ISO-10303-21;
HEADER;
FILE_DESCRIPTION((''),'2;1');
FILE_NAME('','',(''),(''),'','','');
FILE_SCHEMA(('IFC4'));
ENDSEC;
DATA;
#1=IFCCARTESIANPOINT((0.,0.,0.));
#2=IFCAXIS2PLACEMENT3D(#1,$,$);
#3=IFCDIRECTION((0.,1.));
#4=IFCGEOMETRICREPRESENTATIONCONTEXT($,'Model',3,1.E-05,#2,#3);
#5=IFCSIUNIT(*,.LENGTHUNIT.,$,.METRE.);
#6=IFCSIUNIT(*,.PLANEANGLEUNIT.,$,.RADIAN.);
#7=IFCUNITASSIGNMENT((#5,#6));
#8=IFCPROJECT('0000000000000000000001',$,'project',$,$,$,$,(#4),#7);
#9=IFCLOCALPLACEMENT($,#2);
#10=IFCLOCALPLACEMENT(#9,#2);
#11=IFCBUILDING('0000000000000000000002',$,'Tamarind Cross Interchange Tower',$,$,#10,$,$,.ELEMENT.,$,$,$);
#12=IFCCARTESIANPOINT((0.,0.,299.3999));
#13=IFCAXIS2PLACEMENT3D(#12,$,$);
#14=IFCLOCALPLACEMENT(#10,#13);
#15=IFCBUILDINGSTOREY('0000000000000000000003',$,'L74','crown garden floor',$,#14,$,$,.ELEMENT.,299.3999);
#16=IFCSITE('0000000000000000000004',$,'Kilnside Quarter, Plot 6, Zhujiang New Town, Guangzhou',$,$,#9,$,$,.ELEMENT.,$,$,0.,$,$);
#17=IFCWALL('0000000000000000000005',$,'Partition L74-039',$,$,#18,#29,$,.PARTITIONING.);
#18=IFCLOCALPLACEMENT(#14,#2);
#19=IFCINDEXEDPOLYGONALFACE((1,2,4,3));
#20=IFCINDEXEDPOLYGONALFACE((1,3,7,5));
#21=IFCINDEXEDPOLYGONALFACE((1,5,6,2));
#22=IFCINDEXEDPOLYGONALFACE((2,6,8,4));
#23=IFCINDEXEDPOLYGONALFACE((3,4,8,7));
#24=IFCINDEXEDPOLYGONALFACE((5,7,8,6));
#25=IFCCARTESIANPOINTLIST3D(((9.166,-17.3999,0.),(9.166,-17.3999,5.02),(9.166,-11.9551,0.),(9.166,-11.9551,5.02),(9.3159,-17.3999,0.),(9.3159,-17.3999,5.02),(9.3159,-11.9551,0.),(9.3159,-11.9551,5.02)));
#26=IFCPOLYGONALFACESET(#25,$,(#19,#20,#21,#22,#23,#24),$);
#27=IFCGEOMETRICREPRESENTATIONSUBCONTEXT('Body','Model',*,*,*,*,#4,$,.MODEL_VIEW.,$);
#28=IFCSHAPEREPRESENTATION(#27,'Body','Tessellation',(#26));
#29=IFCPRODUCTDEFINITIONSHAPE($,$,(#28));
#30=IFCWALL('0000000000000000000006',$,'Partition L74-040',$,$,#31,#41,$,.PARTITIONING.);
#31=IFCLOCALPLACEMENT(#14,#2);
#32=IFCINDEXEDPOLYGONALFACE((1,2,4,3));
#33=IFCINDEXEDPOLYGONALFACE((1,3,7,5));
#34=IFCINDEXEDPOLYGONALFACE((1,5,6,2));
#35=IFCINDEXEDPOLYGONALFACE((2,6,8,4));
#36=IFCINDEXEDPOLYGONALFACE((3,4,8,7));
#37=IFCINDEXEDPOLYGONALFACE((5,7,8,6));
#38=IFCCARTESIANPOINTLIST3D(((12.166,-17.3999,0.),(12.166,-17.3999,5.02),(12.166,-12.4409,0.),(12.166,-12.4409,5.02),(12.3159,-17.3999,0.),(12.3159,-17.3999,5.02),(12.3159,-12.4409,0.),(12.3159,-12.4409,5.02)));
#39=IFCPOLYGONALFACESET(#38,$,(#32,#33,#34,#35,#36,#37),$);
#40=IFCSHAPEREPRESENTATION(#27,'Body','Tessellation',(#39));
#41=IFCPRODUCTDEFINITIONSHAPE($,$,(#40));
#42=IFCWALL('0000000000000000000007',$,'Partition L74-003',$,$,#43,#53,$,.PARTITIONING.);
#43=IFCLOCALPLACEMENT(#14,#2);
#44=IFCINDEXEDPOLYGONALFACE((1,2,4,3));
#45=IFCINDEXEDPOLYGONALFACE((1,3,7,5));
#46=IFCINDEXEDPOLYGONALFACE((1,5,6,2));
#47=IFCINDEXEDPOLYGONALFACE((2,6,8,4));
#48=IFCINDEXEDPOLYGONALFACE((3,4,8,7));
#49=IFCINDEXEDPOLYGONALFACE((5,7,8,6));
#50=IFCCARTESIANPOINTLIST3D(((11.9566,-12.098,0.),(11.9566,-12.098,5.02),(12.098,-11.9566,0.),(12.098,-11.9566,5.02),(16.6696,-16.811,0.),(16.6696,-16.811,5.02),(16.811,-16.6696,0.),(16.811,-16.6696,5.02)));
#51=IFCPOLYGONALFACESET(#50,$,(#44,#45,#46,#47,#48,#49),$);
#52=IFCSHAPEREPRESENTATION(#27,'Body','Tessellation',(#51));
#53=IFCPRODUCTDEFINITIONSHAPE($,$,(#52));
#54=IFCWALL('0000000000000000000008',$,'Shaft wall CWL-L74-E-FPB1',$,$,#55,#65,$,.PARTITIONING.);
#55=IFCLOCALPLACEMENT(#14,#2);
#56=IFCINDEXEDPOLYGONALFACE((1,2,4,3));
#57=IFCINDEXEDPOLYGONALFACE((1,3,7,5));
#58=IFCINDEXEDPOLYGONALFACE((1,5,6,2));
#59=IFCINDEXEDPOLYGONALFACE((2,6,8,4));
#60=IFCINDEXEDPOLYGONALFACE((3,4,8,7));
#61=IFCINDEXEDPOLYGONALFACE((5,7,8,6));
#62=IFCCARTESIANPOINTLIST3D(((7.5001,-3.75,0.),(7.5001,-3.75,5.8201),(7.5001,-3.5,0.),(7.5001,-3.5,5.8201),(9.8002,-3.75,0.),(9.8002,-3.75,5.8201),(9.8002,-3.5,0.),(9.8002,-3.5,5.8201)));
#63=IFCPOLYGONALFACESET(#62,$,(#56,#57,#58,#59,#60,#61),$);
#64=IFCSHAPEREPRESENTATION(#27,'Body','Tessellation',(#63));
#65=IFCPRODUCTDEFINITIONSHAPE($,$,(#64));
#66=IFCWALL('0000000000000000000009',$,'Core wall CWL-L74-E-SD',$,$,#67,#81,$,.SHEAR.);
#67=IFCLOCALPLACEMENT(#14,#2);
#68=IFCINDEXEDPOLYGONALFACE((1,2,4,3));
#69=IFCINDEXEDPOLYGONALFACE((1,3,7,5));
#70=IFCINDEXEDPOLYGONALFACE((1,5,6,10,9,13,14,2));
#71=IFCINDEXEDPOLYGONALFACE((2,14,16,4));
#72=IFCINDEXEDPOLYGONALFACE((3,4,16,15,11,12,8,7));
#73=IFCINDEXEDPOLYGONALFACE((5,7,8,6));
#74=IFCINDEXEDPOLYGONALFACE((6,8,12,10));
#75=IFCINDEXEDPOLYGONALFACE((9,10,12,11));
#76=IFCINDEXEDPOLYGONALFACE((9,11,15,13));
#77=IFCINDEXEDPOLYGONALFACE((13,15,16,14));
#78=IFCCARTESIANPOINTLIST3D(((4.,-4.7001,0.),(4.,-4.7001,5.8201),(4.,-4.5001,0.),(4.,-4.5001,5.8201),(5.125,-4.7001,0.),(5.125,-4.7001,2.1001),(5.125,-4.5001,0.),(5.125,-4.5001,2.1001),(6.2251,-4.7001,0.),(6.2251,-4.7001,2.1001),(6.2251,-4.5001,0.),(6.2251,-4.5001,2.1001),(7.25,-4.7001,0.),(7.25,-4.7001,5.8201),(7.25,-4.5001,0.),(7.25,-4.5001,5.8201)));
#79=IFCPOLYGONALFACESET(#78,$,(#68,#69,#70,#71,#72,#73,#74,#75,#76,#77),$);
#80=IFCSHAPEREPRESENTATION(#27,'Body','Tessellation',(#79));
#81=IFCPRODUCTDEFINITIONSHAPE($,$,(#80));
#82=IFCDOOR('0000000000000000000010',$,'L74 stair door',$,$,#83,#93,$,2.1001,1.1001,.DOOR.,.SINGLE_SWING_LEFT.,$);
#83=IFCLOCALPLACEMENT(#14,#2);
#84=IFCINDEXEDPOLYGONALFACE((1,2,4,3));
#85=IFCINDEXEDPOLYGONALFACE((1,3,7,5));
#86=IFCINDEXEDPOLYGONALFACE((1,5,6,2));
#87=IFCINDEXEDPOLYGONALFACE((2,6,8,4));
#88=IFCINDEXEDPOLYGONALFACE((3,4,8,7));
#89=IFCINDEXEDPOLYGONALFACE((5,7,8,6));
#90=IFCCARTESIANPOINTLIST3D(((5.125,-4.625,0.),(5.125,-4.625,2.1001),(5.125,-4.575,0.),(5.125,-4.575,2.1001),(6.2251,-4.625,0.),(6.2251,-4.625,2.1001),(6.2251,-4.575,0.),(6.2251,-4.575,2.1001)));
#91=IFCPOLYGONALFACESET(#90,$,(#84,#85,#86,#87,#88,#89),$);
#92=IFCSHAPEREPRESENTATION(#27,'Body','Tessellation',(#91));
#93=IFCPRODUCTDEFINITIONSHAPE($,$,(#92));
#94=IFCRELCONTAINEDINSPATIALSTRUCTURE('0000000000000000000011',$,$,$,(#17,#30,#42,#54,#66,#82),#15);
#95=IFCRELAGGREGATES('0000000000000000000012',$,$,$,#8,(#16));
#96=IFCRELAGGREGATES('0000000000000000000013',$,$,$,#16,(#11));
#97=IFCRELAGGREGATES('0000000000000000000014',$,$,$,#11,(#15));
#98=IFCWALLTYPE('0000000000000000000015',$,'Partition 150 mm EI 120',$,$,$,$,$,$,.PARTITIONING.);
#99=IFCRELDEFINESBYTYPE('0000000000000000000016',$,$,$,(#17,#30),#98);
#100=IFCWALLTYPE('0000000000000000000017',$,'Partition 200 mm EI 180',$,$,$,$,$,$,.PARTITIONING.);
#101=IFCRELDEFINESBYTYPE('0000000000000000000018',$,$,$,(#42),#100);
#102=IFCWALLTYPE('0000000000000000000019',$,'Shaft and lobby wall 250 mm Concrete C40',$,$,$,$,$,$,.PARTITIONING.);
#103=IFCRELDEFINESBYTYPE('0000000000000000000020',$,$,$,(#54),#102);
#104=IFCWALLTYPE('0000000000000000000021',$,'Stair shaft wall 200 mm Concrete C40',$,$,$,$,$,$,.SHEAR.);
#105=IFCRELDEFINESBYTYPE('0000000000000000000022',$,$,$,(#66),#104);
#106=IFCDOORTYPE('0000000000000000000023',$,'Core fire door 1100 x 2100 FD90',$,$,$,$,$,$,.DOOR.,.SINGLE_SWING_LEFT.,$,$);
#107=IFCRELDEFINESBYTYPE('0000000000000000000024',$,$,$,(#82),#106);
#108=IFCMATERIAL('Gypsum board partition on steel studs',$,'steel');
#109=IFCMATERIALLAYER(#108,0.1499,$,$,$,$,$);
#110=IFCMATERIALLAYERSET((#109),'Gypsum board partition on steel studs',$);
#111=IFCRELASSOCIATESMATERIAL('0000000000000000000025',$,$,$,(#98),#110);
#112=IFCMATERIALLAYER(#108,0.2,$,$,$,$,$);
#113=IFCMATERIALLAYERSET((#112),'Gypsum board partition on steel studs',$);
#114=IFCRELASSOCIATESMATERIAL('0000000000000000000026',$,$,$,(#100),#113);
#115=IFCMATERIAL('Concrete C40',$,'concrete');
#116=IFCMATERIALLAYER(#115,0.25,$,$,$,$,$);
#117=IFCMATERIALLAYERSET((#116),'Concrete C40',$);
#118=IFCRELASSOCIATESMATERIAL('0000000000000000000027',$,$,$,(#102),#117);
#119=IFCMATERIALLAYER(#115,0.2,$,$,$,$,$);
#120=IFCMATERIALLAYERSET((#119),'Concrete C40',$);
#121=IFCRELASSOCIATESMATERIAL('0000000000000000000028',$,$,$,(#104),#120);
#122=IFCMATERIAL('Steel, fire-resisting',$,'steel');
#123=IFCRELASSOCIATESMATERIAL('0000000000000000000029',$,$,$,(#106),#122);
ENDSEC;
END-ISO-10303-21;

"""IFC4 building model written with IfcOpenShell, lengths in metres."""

from ifc_helpers import new_model, si_unit, direction, frame, frame_2d, origin, place, context, subcontext, project, spatial, rectangle, extrude, material, layer, layer_set, type_object, element, fill, save


model = new_model("IFC4")

# Units and contexts
model_context = context("Model", 3, precision=1e-05, world=origin(), true_north=direction((0.0, 1.0)))
body_context = subcontext(model_context, "Body", "Model", "MODEL_VIEW")
ifc_project = project(units=[si_unit("LENGTHUNIT", "METRE"), si_unit("PLANEANGLEUNIT", "RADIAN")], contexts=[model_context])

# Site, building, storey
site_placement = place(None, origin())
site = spatial("IfcSite", under=ifc_project, at=site_placement, Name="Kilnside Quarter, Plot 6, Zhujiang New Town, Guangzhou", CompositionType="ELEMENT", RefElevation=0.0)
building_placement = place(site_placement, origin())
building = spatial("IfcBuilding", under=site, at=building_placement, Name="Tamarind Cross Interchange Tower", CompositionType="ELEMENT")
storey_placement = place(building_placement, frame((0.0, 0.0, 299.3999)))
storey = spatial("IfcBuildingStorey", under=building, at=storey_placement, Name="L74", Description="crown garden floor", CompositionType="ELEMENT", Elevation=299.3999)

# Shared definitions
ifc_material_1 = material(Name="Steel, fire-resisting", Category="steel")

# Walls
ifc_material_2 = material(Name="Gypsum board partition on steel studs", Category="steel")
ifc_layer_1 = layer(ifc_material_2, 0.1499)
ifc_layer_set_1 = layer_set([ifc_layer_1], Name="Gypsum board partition on steel studs")
wall_type_1 = type_object("IfcWallType", Name="Partition 150 mm EI 120", PredefinedType="PARTITIONING", material=ifc_layer_set_1)
wall_1_placement = place(storey_placement, frame((9.241, -17.3999, 0.0), z_axis=(0.0, 0.0, 1.0), x_axis=(0.0, 1.0, 0.0)))
element("IfcWall", 1, at=wall_1_placement, inside=storey, type_object=wall_type_1, Name="Partition L74-039", PredefinedType="PARTITIONING", context=body_context, shape_type="SweptSolid", body=[
    extrude(rectangle(XDim=5.4448, YDim=0.1499, at=frame_2d((2.7224, 0.0))), origin(), (0.0, 0.0, 1.0), 5.02),
])
wall_2_placement = place(storey_placement, frame((12.241, -17.3999, 0.0), z_axis=(0.0, 0.0, 1.0), x_axis=(0.0, 1.0, 0.0)))
element("IfcWall", 2, at=wall_2_placement, inside=storey, type_object=wall_type_1, Name="Partition L74-040", PredefinedType="PARTITIONING", context=body_context, shape_type="SweptSolid", body=[
    extrude(rectangle(XDim=4.959, YDim=0.1499, at=frame_2d((2.4795, 0.0))), origin(), (0.0, 0.0, 1.0), 5.02),
])
ifc_layer_2 = layer(ifc_material_2, 0.2)
ifc_layer_set_2 = layer_set([ifc_layer_2], Name="Gypsum board partition on steel studs")
wall_type_2 = type_object("IfcWallType", Name="Partition 200 mm EI 180", PredefinedType="PARTITIONING", material=ifc_layer_set_2)
wall_3_placement = place(storey_placement, frame((12.0273, -12.0273, 0.0), z_axis=(0.0, 0.0, 1.0), x_axis=(0.707107, -0.707107, 0.0)))
element("IfcWall", 3, at=wall_3_placement, inside=storey, type_object=wall_type_2, Name="Partition L74-003", PredefinedType="PARTITIONING", context=body_context, shape_type="SweptSolid", body=[
    extrude(rectangle(XDim=6.6653, YDim=0.2, at=frame_2d((3.3325, 0.0))), origin(), (0.0, 0.0, 1.0), 5.02),
])
ifc_material_3 = material(Name="Concrete C40", Category="concrete")
ifc_layer_3 = layer(ifc_material_3, 0.25)
ifc_layer_set_3 = layer_set([ifc_layer_3], Name="Concrete C40")
wall_type_3 = type_object("IfcWallType", Name="Shaft and lobby wall 250 mm Concrete C40", PredefinedType="PARTITIONING", material=ifc_layer_set_3)
wall_4_placement = place(storey_placement, frame((9.8, -3.625, 0.0), z_axis=(0.0, 0.0, 1.0), x_axis=(-1.0, 0.0, 0.0)))
element("IfcWall", 4, at=wall_4_placement, inside=storey, type_object=wall_type_3, Name="Shaft wall CWL-L74-E-FPB1", PredefinedType="PARTITIONING", context=body_context, shape_type="SweptSolid", body=[
    extrude(rectangle(XDim=2.3, YDim=0.25, at=frame_2d((1.1499, 0.0))), origin(), (0.0, 0.0, 1.0), 5.8201),
])

# Wall, opening, door
ifc_layer_4 = layer(ifc_material_3, 0.2)
ifc_layer_set_4 = layer_set([ifc_layer_4], Name="Concrete C40")
wall_type_4 = type_object("IfcWallType", Name="Stair shaft wall 200 mm Concrete C40", PredefinedType="SHEAR", material=ifc_layer_set_4)
wall_5_placement = place(storey_placement, frame((7.25, -4.6001, 0.0), z_axis=(0.0, 0.0, 1.0), x_axis=(-1.0, 0.0, 0.0)))
wall_5 = element("IfcWall", 5, at=wall_5_placement, inside=storey, type_object=wall_type_4, Name="Core wall CWL-L74-E-SD", PredefinedType="SHEAR", context=body_context, shape_type="SweptSolid", body=[
    extrude(rectangle(XDim=3.25, YDim=0.2, at=frame_2d((1.625, 0.0))), origin(), (0.0, 0.0, 1.0), 5.8201),
])
opening_1_placement = place(wall_5_placement, frame((1.0249, 0.0, 0.0)))
opening_1 = element("IfcOpeningElement", 6, at=opening_1_placement, cuts=wall_5, PredefinedType="OPENING", context=body_context, shape_type="SweptSolid", body=[
    extrude(rectangle(XDim=1.1001, YDim=2.1001, at=frame_2d((0.55, 1.05))), frame((0.0, 0.1099, 0.0), z_axis=(0.0, -1.0, 0.0), x_axis=(1.0, 0.0, 0.0)), (0.0, 0.0, 1.0), 0.22),
])
door_type_1 = type_object("IfcDoorType", Name="Core fire door 1100 x 2100 FD90", OperationType="SINGLE_SWING_LEFT", PredefinedType="DOOR", material=ifc_material_1)
door_1_placement = place(opening_1_placement, origin())
door_1 = element("IfcDoor", 7, at=door_1_placement, inside=storey, type_object=door_type_1, Name="L74 stair door", OperationType="SINGLE_SWING_LEFT", OverallHeight=2.1001, OverallWidth=1.1001, PredefinedType="DOOR", context=body_context, shape_type="SweptSolid", body=[
    extrude(rectangle(XDim=1.1001, YDim=2.1001, at=frame_2d((0.55, 1.05))), frame((0.0, 0.0249, 0.0), z_axis=(0.0, -1.0, 0.0), x_axis=(1.0, 0.0, 0.0)), (0.0, 0.0, 1.0), 0.05),
])
fill(opening_1, door_1)

save(model, "model.ifc")
